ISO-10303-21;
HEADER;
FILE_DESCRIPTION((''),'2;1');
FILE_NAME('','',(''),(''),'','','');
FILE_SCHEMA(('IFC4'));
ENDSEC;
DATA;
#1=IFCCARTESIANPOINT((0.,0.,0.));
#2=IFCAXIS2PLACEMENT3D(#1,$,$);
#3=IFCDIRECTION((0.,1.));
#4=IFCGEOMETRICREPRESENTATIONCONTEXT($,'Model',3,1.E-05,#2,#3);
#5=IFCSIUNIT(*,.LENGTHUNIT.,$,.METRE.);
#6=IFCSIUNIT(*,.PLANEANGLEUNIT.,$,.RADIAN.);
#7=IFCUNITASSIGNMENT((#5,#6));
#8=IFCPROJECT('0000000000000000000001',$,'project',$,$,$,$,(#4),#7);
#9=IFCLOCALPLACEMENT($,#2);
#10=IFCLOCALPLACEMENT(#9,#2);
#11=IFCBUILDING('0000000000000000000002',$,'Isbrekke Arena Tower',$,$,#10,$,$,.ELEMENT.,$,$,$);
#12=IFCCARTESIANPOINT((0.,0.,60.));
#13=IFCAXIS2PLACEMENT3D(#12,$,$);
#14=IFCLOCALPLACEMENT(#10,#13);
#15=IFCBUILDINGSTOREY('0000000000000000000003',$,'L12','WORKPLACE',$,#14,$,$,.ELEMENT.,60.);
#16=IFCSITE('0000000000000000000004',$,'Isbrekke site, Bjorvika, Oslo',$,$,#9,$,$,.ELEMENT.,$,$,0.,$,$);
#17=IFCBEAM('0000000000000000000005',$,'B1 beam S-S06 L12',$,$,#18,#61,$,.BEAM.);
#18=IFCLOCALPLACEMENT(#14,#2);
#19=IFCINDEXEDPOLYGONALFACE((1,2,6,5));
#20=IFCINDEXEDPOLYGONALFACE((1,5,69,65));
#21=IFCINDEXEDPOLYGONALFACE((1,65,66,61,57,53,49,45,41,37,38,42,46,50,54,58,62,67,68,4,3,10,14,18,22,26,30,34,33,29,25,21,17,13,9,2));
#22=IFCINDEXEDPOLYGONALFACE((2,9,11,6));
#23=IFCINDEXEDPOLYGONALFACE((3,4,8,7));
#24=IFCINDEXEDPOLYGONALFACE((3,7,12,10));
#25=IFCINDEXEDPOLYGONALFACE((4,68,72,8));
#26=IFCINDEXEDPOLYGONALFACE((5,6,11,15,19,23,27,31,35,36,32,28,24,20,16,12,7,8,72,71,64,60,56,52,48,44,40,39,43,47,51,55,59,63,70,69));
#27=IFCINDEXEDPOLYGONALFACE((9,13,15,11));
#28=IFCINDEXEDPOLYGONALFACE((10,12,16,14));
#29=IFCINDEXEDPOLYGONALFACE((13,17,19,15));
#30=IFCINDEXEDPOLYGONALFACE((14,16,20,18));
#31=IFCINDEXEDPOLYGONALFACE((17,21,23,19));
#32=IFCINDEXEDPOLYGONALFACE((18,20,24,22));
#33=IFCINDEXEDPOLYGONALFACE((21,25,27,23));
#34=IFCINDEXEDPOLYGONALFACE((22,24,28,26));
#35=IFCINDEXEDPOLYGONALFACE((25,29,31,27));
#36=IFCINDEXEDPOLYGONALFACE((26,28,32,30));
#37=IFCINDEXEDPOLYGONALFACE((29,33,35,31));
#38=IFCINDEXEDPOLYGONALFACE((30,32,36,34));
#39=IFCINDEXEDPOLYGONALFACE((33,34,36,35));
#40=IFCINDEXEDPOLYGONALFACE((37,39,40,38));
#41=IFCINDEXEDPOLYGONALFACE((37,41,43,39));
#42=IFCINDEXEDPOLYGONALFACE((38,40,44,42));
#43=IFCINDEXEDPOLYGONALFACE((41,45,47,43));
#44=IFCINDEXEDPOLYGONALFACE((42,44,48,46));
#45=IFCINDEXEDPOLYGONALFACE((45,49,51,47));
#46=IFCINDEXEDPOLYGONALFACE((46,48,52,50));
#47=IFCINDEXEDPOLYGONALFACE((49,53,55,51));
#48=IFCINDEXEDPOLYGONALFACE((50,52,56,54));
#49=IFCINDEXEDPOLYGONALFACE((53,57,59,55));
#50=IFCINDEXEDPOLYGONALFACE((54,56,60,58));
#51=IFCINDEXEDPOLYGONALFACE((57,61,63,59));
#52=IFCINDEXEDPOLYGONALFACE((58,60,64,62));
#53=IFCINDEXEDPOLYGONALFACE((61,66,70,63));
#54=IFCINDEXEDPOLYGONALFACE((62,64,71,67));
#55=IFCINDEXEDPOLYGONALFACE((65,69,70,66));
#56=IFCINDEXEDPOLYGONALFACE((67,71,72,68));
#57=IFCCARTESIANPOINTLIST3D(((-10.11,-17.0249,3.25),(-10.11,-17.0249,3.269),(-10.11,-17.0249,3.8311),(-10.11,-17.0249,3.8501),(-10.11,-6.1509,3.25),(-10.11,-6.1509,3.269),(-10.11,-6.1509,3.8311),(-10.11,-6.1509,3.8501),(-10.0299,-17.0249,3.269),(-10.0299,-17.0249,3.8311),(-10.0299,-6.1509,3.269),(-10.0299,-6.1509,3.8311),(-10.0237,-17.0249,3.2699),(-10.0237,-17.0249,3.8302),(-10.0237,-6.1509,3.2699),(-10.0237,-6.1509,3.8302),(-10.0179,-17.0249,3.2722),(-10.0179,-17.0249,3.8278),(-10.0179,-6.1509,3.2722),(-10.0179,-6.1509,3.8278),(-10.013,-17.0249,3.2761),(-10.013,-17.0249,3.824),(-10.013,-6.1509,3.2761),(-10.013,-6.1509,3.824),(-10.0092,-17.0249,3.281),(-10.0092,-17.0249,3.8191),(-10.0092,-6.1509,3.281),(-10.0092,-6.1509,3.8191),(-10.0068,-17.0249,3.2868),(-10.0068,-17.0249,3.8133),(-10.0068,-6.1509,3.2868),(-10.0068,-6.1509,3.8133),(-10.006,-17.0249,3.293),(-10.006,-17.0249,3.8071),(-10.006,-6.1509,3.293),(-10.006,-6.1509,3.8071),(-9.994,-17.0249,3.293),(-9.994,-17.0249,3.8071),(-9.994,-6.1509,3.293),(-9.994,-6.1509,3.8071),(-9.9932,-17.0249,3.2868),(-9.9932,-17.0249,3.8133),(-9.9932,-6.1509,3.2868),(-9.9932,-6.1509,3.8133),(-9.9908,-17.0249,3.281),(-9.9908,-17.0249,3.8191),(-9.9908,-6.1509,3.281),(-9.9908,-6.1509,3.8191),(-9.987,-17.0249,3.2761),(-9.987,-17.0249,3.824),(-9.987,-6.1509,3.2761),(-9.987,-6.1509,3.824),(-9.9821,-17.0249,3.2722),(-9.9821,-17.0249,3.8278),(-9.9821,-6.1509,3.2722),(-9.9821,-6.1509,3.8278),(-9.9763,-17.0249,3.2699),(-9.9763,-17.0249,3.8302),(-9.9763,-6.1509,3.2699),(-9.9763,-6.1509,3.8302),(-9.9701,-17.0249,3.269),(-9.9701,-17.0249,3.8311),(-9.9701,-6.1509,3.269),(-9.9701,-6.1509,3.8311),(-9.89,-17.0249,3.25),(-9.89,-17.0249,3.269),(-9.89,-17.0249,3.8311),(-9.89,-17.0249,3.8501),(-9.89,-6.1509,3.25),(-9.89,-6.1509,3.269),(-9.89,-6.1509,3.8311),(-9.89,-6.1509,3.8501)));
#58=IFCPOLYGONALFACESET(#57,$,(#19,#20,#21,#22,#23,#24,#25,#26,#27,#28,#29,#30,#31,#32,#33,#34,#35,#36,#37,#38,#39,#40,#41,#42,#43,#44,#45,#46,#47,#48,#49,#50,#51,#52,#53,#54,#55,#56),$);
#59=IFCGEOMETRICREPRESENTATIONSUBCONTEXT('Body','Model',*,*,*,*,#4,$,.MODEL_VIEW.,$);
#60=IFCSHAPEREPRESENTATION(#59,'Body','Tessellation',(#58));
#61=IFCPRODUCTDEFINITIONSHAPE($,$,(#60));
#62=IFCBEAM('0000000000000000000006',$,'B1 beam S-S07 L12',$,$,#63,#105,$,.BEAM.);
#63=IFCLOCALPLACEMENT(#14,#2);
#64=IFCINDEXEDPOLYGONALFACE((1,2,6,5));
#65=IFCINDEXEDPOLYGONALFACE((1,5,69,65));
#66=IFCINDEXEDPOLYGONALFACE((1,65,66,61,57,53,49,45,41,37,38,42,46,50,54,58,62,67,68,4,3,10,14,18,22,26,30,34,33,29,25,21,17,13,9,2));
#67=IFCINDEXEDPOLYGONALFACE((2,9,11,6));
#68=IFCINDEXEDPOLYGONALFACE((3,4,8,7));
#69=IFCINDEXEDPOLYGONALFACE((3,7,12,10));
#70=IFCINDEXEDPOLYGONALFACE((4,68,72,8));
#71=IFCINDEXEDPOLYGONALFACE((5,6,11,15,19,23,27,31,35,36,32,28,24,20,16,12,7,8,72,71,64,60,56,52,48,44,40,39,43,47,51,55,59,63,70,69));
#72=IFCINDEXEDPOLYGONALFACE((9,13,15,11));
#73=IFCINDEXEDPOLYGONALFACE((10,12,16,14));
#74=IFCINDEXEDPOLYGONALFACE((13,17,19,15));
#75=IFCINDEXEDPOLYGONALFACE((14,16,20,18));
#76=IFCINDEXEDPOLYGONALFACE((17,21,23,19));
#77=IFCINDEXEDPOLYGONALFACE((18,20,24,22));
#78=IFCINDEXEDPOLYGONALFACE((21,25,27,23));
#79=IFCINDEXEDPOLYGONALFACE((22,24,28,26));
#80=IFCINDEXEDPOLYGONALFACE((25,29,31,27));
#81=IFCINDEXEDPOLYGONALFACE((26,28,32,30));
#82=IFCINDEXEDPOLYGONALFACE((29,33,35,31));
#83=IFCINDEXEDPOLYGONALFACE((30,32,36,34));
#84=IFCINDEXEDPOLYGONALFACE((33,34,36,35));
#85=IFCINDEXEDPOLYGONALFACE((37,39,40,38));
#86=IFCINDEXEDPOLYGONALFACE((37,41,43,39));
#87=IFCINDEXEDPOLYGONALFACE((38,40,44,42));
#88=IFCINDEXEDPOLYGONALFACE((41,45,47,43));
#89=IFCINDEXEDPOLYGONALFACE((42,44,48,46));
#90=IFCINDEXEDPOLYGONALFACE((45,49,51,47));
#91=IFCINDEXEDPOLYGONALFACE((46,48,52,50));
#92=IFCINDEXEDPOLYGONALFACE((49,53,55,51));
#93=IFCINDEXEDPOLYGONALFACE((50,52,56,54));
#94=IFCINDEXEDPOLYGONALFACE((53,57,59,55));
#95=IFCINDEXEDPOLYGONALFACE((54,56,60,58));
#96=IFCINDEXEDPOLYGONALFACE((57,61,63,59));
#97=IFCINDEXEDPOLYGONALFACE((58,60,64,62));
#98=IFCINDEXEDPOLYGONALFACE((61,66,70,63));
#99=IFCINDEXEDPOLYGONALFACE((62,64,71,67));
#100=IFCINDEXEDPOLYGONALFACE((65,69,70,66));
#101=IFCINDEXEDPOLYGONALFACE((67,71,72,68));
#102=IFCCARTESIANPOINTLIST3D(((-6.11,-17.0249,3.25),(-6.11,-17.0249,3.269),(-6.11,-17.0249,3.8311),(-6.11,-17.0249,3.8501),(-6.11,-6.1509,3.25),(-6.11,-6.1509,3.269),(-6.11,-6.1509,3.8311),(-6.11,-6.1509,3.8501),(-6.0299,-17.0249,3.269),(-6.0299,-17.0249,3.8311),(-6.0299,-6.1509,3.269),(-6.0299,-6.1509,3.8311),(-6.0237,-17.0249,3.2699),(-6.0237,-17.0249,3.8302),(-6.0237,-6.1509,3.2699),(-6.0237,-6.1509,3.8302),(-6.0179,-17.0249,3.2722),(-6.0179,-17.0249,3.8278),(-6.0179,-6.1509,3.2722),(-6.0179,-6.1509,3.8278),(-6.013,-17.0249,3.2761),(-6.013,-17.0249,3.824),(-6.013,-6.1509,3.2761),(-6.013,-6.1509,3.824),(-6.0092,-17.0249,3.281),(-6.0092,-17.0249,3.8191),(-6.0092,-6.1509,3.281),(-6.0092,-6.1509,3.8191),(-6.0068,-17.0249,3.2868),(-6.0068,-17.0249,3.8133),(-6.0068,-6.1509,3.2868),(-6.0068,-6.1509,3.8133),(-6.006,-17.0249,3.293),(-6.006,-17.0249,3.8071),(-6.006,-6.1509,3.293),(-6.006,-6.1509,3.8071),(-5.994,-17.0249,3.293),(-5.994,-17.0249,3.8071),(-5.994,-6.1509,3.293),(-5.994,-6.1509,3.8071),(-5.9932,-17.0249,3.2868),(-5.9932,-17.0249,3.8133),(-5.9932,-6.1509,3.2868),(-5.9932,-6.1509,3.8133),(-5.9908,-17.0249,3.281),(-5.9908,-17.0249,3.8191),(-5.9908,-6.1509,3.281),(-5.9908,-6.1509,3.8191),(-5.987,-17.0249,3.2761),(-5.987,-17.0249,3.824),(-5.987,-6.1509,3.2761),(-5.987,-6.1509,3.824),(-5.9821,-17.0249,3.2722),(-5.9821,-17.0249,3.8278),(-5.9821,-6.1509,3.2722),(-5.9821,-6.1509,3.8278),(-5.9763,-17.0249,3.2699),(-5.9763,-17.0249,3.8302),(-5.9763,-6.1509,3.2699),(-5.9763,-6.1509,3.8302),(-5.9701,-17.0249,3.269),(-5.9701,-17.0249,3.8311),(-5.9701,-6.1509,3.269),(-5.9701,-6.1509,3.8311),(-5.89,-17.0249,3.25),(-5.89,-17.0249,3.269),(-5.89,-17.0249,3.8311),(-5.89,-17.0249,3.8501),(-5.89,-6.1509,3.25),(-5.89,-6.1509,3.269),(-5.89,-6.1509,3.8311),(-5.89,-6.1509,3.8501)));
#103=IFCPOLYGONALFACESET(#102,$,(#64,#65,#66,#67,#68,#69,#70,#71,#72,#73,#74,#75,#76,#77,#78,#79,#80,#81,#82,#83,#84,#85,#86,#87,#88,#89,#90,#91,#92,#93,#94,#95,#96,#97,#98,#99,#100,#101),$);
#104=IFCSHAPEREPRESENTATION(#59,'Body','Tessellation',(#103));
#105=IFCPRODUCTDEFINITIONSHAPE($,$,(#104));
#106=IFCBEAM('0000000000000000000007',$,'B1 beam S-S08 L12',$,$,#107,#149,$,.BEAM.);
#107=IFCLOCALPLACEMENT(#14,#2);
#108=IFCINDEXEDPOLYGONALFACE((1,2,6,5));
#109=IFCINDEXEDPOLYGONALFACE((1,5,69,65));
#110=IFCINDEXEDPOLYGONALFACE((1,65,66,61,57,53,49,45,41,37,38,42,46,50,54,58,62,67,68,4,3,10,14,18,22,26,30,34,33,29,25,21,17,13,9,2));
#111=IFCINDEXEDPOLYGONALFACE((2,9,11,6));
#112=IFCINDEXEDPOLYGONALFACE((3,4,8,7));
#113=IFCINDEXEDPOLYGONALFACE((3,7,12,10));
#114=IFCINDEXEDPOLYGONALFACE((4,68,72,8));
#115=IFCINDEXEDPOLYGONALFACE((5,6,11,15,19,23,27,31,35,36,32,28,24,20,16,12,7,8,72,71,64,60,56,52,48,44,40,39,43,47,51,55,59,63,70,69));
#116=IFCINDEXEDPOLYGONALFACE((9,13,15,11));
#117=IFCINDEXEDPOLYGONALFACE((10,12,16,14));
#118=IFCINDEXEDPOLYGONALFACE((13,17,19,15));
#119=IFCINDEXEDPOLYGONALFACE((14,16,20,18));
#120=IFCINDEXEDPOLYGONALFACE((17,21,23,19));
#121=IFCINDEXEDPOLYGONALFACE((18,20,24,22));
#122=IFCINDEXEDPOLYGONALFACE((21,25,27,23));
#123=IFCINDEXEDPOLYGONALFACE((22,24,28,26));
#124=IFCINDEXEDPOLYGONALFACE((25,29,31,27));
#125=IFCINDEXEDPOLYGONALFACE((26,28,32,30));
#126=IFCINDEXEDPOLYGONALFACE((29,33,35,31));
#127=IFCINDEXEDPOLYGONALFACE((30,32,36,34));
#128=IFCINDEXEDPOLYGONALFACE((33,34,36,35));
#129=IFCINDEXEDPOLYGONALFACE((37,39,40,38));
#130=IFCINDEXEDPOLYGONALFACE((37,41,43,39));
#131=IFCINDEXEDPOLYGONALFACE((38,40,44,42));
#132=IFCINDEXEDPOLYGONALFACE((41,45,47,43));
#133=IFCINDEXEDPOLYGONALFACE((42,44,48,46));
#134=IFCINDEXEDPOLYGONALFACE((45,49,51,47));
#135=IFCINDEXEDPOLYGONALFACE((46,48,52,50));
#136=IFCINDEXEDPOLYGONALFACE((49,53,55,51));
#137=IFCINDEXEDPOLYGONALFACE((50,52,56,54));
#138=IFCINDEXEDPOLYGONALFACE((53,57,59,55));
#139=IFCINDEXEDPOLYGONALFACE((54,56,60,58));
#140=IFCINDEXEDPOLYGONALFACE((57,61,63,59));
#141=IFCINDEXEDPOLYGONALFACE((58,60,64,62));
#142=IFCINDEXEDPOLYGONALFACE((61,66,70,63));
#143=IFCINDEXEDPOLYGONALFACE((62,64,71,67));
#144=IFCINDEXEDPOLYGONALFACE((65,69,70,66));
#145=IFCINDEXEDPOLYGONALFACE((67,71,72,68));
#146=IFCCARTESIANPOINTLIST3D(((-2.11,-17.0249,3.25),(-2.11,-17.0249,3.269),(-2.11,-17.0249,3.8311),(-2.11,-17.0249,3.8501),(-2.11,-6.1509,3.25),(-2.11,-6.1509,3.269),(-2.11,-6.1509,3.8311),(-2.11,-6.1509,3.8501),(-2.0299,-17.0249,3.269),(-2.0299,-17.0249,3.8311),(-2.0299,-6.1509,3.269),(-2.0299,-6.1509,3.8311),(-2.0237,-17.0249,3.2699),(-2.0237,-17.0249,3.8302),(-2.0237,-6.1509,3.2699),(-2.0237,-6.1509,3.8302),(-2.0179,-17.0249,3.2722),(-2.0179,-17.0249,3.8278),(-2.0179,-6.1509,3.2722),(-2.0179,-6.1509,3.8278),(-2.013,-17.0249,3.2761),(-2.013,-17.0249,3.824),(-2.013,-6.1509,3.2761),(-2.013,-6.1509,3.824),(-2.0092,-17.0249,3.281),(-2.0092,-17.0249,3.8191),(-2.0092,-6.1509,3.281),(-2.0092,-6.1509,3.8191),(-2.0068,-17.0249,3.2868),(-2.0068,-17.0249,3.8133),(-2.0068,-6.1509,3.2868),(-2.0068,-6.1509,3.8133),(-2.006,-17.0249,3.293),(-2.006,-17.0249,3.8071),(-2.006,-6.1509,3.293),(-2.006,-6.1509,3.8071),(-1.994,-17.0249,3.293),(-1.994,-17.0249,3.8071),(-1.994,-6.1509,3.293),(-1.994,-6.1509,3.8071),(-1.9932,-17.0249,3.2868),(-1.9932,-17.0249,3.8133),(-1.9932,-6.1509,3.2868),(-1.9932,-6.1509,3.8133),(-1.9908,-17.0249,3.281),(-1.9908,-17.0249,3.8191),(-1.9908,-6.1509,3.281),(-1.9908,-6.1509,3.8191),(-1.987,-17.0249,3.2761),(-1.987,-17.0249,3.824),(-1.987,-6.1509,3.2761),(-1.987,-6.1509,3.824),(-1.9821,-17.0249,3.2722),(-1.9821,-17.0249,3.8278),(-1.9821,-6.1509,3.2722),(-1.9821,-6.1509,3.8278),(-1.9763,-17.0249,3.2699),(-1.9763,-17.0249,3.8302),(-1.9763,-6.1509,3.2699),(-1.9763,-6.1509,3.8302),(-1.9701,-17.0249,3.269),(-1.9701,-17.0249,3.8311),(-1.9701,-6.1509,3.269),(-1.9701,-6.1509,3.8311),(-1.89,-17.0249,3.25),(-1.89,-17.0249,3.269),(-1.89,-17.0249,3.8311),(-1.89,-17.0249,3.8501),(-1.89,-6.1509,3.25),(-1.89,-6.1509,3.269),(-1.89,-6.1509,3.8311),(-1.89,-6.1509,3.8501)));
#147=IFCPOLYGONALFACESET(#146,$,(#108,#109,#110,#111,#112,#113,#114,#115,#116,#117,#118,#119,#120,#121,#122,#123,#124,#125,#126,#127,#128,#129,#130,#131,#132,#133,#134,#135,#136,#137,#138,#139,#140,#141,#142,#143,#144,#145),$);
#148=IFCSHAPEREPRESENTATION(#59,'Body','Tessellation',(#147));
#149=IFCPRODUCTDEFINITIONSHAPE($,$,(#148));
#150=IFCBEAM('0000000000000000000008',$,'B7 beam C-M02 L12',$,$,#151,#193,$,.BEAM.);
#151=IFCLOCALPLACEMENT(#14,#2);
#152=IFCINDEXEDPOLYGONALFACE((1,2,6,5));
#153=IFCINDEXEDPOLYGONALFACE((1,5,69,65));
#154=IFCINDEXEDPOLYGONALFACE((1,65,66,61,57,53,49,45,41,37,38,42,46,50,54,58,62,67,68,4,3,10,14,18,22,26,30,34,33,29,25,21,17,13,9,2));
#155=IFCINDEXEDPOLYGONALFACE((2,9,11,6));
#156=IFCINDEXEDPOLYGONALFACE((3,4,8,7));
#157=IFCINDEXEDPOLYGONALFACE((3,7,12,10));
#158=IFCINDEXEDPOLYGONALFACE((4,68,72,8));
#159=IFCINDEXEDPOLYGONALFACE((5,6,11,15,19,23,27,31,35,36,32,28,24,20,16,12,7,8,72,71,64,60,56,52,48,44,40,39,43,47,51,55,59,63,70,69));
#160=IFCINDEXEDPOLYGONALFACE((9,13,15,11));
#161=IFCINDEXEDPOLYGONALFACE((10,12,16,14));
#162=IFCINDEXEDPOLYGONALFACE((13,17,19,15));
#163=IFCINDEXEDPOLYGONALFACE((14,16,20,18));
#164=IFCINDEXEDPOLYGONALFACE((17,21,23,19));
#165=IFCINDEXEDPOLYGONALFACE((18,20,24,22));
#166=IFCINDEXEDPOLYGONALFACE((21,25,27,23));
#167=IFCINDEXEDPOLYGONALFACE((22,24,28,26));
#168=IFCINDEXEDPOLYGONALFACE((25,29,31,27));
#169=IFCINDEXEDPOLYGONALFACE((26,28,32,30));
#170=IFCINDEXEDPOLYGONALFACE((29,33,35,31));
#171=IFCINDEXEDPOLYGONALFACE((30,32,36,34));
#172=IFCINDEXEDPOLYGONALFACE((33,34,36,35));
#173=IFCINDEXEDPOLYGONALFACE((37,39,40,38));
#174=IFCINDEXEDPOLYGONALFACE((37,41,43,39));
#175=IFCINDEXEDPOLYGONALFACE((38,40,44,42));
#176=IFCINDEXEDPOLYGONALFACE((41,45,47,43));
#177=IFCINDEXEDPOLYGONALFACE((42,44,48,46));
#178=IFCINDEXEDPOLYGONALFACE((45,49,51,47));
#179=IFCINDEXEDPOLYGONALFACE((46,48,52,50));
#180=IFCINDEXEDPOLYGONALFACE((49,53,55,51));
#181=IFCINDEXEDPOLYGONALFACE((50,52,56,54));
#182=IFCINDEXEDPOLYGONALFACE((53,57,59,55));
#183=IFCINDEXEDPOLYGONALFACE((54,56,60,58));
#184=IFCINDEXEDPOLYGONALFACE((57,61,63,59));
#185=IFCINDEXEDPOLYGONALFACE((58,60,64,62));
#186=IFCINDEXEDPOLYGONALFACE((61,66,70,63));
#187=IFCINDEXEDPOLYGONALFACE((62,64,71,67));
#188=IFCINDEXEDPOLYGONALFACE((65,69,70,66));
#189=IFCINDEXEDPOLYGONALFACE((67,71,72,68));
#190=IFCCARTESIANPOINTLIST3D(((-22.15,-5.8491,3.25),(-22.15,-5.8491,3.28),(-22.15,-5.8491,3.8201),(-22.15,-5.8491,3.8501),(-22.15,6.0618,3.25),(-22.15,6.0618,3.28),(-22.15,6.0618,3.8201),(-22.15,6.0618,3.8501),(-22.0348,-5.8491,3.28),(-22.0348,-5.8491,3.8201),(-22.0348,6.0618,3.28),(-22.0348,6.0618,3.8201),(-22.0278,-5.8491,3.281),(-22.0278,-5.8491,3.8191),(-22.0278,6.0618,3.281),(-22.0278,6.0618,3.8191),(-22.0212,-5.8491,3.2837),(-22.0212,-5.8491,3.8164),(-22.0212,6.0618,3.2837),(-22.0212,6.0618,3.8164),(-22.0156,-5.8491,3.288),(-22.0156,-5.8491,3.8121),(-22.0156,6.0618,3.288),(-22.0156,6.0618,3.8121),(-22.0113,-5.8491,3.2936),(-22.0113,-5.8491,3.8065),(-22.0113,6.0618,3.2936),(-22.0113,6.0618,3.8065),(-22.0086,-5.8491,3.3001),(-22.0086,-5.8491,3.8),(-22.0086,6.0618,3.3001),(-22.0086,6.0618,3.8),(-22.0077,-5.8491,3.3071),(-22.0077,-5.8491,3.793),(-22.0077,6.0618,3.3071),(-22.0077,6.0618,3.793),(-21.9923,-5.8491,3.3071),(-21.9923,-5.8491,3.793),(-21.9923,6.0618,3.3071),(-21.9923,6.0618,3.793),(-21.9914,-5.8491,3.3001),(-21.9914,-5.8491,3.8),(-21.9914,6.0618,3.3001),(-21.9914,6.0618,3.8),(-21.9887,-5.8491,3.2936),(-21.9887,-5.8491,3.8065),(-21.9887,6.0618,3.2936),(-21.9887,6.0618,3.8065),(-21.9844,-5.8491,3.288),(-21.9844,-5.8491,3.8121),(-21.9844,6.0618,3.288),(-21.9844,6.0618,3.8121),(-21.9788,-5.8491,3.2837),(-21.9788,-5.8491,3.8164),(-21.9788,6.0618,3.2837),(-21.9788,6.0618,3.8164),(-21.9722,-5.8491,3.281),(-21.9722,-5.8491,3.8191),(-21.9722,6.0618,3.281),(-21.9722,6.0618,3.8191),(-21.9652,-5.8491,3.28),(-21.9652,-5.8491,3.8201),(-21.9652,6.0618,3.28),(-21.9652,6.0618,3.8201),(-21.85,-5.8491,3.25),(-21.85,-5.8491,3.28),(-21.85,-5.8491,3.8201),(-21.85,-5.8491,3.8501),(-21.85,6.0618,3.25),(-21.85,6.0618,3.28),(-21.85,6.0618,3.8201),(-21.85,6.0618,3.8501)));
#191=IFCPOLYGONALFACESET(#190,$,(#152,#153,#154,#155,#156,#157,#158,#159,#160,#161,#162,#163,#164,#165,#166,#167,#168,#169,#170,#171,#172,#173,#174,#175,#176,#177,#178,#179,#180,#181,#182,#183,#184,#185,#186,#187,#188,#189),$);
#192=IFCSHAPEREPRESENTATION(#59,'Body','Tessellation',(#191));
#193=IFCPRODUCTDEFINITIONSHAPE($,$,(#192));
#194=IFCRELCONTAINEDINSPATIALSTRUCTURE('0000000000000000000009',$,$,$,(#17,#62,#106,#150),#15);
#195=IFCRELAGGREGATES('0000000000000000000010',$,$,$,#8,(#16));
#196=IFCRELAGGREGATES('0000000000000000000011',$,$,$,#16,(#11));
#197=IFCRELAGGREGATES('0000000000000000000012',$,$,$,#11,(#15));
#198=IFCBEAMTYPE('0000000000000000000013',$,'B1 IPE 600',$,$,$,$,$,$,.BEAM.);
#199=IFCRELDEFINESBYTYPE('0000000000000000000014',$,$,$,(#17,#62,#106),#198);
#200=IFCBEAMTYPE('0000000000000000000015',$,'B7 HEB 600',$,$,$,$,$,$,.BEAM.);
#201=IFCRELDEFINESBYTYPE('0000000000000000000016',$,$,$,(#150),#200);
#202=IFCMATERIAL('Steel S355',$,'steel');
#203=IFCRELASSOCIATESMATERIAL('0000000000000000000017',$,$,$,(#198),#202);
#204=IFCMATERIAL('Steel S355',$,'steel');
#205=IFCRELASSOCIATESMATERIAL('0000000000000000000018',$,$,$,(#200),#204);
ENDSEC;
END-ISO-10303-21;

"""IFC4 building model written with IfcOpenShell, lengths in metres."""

from ifc_helpers import new_model, si_unit, direction, frame, origin, origin_2d, place, context, subcontext, project, spatial, i_section, extrude, material, material_profile, profile_set, type_object, element, save


model = new_model("IFC4")

# Units and contexts
model_context = context("Model", 3, precision=1e-05, world=origin(), true_north=direction((0.0, 1.0)))
body_context = subcontext(model_context, "Body", "Model", "MODEL_VIEW")
ifc_project = project(units=[si_unit("LENGTHUNIT", "METRE"), si_unit("PLANEANGLEUNIT", "RADIAN")], contexts=[model_context])

# Site, building, storey
site_placement = place(None, origin())
site = spatial("IfcSite", under=ifc_project, at=site_placement, Name="Isbrekke site, Bjorvika, Oslo", CompositionType="ELEMENT", RefElevation=0.0)
building_placement = place(site_placement, origin())
building = spatial("IfcBuilding", under=site, at=building_placement, Name="Isbrekke Arena Tower", CompositionType="ELEMENT")
storey_placement = place(building_placement, frame((0.0, 0.0, 60.0)))
storey = spatial("IfcBuildingStorey", under=building, at=storey_placement, Name="L12", Description="WORKPLACE", CompositionType="ELEMENT", Elevation=60.0)

# Beams
ifc_material_1 = material(Name="Steel S355", Category="steel")
ifc_material_profile_1 = material_profile(ifc_material_1, i_section(OverallWidth=0.22, OverallDepth=0.6001, WebThickness=0.012, FlangeThickness=0.019, FilletRadius=0.0239, at=origin_2d()), Name="IPE 600")
ifc_profile_set_1 = profile_set([ifc_material_profile_1], Name="Steel S355")
beam_type_1 = type_object("IfcBeamType", Name="B1 IPE 600", PredefinedType="BEAM", material=ifc_profile_set_1)
for number, where, z_axis, x_axis, name in (
    (1, (-10.0, -17.0249, 3.55), (0.0, 1.0, 0.0), (-1.0, 0.0, 0.0), "B1 beam S-S06 L12"),
    (2, (-6.0, -17.0249, 3.55), (0.0, 1.0, 0.0), (-1.0, 0.0, 0.0), "B1 beam S-S07 L12"),
    (3, (-2.0, -17.0249, 3.55), (0.0, 1.0, 0.0), (-1.0, 0.0, 0.0), "B1 beam S-S08 L12"),
):
    element("IfcBeam", number, at=place(storey_placement, frame(where, z_axis=z_axis, x_axis=x_axis)), inside=storey, type_object=beam_type_1, Name=name, PredefinedType="BEAM", context=body_context, shape_type="SweptSolid", body=[
        extrude(i_section(OverallWidth=0.22, OverallDepth=0.6001, WebThickness=0.012, FlangeThickness=0.019, FilletRadius=0.0239, at=origin_2d()), origin(), (0.0, 0.0, 1.0), 10.874),
    ])
ifc_material_2 = material(Name="Steel S355", Category="steel")
ifc_material_profile_2 = material_profile(ifc_material_2, i_section(OverallWidth=0.3, OverallDepth=0.6001, WebThickness=0.0154, FlangeThickness=0.03, FilletRadius=0.0271, at=origin_2d()), Name="HEB 600")
ifc_profile_set_2 = profile_set([ifc_material_profile_2], Name="Steel S355")
beam_type_2 = type_object("IfcBeamType", Name="B7 HEB 600", PredefinedType="BEAM", material=ifc_profile_set_2)
beam_1_placement = place(storey_placement, frame((-22.0, -5.8491, 3.55), z_axis=(0.0, 1.0, 0.0), x_axis=(-1.0, 0.0, 0.0)))
element("IfcBeam", 4, at=beam_1_placement, inside=storey, type_object=beam_type_2, Name="B7 beam C-M02 L12", PredefinedType="BEAM", context=body_context, shape_type="SweptSolid", body=[
    extrude(i_section(OverallWidth=0.3, OverallDepth=0.6001, WebThickness=0.0154, FlangeThickness=0.03, FilletRadius=0.0271, at=origin_2d()), origin(), (0.0, 0.0, 1.0), 11.9109),
])

save(model, "model.ifc")
